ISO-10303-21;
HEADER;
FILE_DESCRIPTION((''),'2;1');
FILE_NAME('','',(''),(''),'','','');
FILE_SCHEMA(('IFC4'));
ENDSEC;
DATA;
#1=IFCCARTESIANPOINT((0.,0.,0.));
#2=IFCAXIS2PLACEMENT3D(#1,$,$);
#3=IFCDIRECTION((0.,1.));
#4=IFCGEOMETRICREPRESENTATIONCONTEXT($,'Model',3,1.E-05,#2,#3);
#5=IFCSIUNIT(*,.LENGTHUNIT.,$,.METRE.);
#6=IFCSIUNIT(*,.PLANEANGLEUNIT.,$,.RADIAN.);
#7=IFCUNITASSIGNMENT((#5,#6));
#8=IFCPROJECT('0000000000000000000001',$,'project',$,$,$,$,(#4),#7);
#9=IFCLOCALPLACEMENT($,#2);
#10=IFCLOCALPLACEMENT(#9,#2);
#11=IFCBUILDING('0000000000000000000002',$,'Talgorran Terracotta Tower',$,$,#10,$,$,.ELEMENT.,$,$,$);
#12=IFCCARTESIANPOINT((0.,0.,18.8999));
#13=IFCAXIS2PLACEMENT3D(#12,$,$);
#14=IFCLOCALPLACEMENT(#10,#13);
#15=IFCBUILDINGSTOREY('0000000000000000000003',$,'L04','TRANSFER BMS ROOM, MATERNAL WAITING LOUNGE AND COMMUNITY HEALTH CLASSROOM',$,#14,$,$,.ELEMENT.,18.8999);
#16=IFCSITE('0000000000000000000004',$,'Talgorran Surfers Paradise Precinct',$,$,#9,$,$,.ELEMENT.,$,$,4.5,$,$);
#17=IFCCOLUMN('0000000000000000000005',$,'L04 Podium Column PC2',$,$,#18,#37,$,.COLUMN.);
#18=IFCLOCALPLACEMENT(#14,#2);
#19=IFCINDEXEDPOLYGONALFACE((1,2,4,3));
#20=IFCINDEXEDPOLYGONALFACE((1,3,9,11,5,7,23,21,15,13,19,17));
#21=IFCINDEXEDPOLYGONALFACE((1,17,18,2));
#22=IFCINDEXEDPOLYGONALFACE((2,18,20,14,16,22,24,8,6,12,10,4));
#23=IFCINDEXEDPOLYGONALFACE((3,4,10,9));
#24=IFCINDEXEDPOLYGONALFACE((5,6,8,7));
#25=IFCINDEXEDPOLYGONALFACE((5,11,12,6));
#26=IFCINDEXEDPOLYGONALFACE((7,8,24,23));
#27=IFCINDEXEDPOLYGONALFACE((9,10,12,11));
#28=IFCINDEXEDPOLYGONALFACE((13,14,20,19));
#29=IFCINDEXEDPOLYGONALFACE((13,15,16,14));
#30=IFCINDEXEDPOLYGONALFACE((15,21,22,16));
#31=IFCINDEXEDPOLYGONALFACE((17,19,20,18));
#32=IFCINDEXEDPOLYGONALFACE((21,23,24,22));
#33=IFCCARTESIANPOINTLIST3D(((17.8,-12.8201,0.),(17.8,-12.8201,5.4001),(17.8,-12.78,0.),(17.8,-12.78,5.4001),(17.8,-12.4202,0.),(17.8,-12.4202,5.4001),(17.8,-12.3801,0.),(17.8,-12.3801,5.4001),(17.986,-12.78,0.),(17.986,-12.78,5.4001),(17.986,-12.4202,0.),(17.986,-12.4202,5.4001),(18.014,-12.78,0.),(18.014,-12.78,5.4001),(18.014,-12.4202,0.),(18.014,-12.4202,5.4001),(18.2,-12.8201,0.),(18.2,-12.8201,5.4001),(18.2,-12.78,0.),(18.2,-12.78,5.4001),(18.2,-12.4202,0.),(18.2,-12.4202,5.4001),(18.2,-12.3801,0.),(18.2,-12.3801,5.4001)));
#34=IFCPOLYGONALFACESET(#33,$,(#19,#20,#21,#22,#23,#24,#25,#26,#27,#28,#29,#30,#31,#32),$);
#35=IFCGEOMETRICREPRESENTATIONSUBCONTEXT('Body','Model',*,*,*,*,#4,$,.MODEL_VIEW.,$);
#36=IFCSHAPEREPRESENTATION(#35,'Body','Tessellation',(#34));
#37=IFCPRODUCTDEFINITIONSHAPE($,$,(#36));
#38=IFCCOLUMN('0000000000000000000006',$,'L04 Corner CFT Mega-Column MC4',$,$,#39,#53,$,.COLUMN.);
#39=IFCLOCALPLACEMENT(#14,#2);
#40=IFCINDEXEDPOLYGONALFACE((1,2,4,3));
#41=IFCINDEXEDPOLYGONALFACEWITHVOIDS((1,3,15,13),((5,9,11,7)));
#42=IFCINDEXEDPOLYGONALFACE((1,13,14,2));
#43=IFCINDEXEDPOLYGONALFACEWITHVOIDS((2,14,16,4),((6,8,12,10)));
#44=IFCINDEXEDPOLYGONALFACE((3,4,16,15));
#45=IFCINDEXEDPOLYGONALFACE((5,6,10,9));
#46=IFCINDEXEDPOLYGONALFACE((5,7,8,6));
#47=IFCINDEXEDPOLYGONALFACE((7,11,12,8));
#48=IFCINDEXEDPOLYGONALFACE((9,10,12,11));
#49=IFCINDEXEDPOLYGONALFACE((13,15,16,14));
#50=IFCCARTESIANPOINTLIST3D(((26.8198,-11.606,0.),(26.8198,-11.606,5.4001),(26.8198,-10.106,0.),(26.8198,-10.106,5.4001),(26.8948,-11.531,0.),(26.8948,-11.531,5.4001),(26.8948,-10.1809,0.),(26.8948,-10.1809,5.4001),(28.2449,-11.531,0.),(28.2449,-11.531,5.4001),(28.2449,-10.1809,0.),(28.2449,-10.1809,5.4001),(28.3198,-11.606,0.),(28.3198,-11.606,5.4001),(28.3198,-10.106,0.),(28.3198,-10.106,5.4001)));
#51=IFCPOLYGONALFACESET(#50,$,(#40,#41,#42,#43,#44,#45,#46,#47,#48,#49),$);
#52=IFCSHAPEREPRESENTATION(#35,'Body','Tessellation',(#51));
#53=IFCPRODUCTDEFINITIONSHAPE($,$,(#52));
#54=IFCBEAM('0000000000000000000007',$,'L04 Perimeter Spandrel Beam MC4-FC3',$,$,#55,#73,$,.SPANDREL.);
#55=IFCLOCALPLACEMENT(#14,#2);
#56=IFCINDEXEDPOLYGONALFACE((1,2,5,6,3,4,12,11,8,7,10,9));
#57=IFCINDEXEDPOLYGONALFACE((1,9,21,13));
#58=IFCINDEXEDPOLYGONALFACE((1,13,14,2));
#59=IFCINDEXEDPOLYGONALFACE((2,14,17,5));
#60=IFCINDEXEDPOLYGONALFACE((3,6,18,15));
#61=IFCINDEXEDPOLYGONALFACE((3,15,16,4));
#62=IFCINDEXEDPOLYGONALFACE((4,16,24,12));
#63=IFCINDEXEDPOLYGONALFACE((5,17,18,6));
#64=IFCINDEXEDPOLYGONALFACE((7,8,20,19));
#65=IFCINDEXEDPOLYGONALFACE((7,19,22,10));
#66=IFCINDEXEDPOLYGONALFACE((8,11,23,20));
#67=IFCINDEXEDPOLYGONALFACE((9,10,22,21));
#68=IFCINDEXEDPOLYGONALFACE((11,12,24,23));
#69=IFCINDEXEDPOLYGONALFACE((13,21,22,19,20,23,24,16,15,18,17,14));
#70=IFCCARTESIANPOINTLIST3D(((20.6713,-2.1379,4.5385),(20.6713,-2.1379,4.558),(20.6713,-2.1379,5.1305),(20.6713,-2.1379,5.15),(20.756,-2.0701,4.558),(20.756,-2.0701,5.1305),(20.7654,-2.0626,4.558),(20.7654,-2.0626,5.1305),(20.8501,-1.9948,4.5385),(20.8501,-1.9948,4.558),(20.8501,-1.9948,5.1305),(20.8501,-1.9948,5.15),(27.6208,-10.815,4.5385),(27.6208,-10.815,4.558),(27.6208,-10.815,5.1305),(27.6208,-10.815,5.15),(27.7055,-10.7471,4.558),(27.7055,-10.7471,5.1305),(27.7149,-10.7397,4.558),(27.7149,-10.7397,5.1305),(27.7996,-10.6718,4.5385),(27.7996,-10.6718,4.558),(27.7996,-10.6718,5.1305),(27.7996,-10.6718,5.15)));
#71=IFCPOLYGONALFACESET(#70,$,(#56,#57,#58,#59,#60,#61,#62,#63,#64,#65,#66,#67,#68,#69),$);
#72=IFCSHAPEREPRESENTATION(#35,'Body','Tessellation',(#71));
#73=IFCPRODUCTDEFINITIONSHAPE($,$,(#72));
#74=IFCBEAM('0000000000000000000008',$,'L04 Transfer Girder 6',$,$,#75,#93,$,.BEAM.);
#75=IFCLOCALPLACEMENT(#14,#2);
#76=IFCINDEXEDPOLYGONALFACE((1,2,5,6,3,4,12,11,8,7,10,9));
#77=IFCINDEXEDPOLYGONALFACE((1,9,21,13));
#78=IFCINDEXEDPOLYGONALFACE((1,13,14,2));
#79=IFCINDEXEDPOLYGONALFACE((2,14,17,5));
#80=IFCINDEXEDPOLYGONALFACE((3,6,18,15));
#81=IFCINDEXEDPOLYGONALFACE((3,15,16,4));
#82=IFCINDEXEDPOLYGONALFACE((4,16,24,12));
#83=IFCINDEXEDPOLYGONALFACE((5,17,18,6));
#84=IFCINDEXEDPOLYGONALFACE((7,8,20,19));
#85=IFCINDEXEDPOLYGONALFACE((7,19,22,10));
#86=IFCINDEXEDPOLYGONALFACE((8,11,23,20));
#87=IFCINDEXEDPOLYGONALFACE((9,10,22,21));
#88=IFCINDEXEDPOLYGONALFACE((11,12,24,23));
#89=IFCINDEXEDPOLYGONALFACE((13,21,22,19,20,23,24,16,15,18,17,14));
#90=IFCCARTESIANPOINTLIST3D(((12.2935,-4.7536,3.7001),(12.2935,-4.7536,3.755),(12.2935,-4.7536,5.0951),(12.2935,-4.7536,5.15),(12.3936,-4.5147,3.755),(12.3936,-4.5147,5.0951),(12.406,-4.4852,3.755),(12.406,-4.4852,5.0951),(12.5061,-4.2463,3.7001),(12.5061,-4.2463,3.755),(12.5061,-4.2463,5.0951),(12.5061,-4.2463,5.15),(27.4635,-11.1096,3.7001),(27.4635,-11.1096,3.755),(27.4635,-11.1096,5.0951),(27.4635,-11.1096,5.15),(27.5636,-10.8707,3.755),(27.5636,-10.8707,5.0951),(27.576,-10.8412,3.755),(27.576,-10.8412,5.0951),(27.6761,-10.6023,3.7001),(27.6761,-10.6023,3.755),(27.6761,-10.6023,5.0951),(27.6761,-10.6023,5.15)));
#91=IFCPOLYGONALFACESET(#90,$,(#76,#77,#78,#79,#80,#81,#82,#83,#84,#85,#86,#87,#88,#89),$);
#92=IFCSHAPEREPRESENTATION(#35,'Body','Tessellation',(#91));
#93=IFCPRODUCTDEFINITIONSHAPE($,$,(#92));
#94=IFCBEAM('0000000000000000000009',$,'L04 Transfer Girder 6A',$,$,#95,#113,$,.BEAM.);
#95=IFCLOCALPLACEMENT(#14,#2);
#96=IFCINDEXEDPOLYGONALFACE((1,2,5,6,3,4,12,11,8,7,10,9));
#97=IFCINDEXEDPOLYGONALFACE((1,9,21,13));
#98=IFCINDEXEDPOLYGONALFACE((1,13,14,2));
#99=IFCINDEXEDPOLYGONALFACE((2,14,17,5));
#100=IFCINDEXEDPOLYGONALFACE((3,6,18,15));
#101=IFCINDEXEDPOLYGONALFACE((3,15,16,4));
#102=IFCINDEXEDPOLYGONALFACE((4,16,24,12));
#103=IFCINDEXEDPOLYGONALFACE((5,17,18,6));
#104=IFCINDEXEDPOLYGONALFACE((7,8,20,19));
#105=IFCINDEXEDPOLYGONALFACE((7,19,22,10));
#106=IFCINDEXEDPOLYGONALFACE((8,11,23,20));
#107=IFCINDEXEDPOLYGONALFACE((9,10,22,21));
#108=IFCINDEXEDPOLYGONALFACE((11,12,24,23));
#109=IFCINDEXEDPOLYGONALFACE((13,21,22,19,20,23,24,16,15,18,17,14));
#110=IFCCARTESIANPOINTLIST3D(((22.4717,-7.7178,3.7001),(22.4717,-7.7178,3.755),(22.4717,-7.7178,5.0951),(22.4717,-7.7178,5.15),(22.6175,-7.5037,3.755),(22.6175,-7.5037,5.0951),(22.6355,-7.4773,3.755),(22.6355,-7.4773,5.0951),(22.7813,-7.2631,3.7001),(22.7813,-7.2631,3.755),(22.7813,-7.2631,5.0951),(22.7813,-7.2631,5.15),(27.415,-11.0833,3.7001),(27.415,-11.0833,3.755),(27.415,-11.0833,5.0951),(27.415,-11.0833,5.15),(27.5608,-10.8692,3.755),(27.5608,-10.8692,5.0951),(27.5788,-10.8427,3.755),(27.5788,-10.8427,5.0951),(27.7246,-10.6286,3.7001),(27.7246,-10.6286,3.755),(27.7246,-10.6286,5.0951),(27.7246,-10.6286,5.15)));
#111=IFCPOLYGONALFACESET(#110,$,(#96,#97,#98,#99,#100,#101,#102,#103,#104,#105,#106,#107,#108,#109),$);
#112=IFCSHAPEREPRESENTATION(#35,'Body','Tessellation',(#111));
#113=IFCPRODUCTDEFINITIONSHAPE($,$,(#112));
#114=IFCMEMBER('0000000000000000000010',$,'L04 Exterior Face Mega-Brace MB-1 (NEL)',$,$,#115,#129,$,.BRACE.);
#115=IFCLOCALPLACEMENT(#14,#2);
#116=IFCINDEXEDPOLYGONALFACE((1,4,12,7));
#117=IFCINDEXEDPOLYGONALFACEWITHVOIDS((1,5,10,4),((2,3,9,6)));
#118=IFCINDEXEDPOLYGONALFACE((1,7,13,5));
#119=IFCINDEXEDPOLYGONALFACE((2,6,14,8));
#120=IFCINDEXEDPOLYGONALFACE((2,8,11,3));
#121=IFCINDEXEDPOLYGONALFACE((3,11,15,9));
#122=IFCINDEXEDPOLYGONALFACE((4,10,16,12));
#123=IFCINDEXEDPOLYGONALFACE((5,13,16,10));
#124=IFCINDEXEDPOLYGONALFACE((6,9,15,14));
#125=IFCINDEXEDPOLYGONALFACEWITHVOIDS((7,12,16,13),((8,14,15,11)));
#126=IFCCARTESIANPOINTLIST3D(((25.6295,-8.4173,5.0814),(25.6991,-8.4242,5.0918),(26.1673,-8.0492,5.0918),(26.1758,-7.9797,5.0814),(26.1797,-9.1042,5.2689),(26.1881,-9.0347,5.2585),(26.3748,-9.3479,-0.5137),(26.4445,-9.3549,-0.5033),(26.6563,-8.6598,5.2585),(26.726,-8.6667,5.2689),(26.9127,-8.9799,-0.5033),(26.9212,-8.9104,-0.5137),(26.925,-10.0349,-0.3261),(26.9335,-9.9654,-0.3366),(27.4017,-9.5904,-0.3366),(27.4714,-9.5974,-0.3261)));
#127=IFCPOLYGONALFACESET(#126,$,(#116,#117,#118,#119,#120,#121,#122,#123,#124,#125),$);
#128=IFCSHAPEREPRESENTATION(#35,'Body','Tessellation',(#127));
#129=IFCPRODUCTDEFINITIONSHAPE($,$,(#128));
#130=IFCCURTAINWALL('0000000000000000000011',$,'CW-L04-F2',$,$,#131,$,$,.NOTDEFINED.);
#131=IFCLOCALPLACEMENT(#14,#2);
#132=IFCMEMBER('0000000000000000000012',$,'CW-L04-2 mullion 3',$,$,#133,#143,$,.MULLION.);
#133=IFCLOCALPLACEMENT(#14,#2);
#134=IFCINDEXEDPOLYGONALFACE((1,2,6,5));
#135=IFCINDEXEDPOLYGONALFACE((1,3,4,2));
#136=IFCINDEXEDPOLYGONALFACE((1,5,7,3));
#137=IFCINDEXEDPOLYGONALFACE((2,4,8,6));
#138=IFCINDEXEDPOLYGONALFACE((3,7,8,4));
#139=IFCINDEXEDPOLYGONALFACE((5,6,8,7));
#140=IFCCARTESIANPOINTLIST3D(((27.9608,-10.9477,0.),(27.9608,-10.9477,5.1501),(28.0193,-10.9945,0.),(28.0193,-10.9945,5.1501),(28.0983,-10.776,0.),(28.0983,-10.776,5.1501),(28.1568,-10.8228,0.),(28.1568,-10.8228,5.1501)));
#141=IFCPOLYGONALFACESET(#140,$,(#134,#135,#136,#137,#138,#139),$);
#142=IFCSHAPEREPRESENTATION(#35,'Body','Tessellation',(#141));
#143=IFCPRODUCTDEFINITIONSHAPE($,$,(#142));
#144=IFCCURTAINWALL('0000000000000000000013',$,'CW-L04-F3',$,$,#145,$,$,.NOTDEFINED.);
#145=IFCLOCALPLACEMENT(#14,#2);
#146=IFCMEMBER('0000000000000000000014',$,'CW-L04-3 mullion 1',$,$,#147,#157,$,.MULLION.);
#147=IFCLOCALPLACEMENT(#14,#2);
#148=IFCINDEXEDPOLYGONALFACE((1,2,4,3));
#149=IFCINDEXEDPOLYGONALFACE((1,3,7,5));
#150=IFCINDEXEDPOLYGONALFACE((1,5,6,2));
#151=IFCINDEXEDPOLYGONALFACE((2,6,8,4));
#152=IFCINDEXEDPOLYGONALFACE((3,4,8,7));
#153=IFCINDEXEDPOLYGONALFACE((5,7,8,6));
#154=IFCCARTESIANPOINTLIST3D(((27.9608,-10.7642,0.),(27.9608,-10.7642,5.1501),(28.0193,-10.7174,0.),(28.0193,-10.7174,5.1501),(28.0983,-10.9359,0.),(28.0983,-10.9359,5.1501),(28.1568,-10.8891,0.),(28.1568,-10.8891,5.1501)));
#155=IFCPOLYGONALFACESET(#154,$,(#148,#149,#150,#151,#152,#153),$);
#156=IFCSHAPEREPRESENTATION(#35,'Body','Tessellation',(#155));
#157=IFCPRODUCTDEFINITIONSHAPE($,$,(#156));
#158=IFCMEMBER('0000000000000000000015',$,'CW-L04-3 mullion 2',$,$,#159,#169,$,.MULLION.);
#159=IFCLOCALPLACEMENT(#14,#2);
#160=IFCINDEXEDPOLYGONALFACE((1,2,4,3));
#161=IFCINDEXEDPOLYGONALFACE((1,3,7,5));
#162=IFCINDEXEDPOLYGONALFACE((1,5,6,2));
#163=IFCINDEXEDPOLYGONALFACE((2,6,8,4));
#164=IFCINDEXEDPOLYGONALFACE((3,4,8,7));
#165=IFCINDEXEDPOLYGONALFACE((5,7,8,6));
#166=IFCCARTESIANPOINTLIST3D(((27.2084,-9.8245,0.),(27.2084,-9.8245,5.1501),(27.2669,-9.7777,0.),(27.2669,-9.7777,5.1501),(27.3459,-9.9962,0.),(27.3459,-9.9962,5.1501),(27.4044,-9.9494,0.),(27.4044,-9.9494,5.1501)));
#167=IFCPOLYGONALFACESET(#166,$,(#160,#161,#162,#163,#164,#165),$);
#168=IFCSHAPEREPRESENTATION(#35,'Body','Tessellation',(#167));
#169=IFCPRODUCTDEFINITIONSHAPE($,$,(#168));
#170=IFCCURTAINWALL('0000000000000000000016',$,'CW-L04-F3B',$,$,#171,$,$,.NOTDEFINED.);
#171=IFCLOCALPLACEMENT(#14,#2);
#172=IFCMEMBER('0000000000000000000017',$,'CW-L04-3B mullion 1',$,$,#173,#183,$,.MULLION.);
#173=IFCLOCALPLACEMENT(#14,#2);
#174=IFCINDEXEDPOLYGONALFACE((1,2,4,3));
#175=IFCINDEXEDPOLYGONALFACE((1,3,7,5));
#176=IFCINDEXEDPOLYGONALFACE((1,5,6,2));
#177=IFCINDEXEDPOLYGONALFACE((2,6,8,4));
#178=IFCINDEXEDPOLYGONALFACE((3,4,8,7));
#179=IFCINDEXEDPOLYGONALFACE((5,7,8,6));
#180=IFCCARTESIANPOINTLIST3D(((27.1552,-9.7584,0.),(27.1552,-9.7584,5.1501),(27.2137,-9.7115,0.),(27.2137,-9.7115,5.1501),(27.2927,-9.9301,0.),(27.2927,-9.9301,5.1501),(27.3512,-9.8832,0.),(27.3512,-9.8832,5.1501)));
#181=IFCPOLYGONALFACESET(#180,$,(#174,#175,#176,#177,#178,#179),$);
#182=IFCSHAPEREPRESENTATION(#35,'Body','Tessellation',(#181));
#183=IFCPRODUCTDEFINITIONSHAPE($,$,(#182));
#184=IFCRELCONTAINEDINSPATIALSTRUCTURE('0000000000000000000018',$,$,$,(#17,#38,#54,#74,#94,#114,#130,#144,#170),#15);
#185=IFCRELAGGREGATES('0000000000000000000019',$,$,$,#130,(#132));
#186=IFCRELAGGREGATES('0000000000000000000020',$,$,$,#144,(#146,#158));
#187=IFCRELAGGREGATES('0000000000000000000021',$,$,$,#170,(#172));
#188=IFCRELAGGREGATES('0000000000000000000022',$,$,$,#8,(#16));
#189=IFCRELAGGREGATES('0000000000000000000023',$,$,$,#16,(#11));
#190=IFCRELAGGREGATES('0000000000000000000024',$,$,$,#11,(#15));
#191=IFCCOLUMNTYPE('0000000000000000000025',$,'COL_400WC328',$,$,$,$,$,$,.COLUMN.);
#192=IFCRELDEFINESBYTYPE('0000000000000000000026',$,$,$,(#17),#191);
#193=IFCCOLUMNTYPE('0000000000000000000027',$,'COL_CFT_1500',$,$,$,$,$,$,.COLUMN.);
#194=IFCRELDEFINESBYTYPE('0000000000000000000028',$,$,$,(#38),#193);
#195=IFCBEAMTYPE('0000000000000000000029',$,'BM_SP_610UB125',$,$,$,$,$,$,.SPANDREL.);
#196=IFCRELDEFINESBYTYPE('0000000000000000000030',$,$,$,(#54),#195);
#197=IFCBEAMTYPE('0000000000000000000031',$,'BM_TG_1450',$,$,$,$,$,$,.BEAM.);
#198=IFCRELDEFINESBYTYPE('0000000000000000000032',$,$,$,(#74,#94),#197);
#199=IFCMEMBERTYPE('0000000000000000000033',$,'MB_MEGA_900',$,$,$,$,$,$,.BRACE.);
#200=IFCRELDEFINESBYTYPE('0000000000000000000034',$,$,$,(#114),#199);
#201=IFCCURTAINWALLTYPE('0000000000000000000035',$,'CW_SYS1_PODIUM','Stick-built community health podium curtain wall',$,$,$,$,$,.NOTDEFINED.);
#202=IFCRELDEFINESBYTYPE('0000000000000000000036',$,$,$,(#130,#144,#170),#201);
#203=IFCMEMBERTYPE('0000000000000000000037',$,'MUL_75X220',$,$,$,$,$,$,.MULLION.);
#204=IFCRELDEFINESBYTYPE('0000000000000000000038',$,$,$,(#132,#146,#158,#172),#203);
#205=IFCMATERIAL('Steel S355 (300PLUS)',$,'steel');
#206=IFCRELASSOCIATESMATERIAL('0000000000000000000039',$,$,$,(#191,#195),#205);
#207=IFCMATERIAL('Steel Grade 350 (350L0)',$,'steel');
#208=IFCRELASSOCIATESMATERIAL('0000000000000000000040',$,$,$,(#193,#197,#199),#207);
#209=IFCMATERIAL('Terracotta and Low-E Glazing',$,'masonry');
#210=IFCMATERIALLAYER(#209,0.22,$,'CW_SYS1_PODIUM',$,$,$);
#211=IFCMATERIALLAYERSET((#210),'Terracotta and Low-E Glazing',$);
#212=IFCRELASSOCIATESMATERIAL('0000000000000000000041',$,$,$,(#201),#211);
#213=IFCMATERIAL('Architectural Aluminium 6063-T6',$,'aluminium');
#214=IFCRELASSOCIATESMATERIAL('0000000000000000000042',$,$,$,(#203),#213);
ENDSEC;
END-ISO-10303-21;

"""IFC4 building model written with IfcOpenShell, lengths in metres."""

from ifc_helpers import new_model, si_unit, direction, frame, origin, origin_2d, place, context, subcontext, project, spatial, rectangle, hollow_rectangle, i_section, extrude, material, layer, layer_set, material_profile, profile_set, type_object, element, aggregate, save


model = new_model("IFC4")

# Units and contexts
model_context = context("Model", 3, precision=1e-05, world=origin(), true_north=direction((0.0, 1.0)))
body_context = subcontext(model_context, "Body", "Model", "MODEL_VIEW")
ifc_project = project(units=[si_unit("LENGTHUNIT", "METRE"), si_unit("PLANEANGLEUNIT", "RADIAN")], contexts=[model_context])

# Site, building, storey
site_placement = place(None, origin())
site = spatial("IfcSite", under=ifc_project, at=site_placement, Name="Talgorran Surfers Paradise Precinct", CompositionType="ELEMENT", RefElevation=4.5)
building_placement = place(site_placement, origin())
building = spatial("IfcBuilding", under=site, at=building_placement, Name="Talgorran Terracotta Tower", CompositionType="ELEMENT")
storey_placement = place(building_placement, frame((0.0, 0.0, 18.8999)))
storey = spatial("IfcBuildingStorey", under=building, at=storey_placement, Name="L04", Description="TRANSFER BMS ROOM, MATERNAL WAITING LOUNGE AND COMMUNITY HEALTH CLASSROOM", CompositionType="ELEMENT", Elevation=18.8999)

# Columns
ifc_material_1 = material(Name="Steel S355 (300PLUS)", Category="steel")
ifc_material_profile_1 = material_profile(ifc_material_1, i_section(OverallWidth=0.3999, OverallDepth=0.4399, WebThickness=0.0281, FlangeThickness=0.04, at=origin_2d()), Name="400WC328")
ifc_profile_set_1 = profile_set([ifc_material_profile_1], Name="Steel S355 (300PLUS)")
column_type_1 = type_object("IfcColumnType", Name="COL_400WC328", PredefinedType="COLUMN", material=ifc_profile_set_1)
column_1_placement = place(storey_placement, frame((18.0, -12.6001, 0.0), z_axis=(0.0, 0.0, 1.0), x_axis=(1.0, 0.0, 0.0)))
element("IfcColumn", 1, at=column_1_placement, inside=storey, type_object=column_type_1, Name="L04 Podium Column PC2", PredefinedType="COLUMN", context=body_context, shape_type="SweptSolid", body=[
    extrude(i_section(OverallWidth=0.3999, OverallDepth=0.4399, WebThickness=0.0281, FlangeThickness=0.04, at=origin_2d()), origin(), (0.0, 0.0, 1.0), 5.4001),
])
ifc_material_2 = material(Name="Steel Grade 350 (350L0)", Category="steel")
ifc_material_profile_2 = material_profile(ifc_material_2, hollow_rectangle(XDim=1.5, YDim=1.5, WallThickness=0.075, at=origin_2d()), Name="CFT1500X1500X75")
ifc_profile_set_2 = profile_set([ifc_material_profile_2], Name="Steel Grade 350 (350L0)")
column_type_2 = type_object("IfcColumnType", Name="COL_CFT_1500", PredefinedType="COLUMN", material=ifc_profile_set_2)
column_2_placement = place(storey_placement, frame((27.5698, -10.856, 0.0), z_axis=(0.0, 0.0, 1.0), x_axis=(1.0, 0.0, 0.0)))
element("IfcColumn", 2, at=column_2_placement, inside=storey, type_object=column_type_2, Name="L04 Corner CFT Mega-Column MC4", PredefinedType="COLUMN", context=body_context, shape_type="SweptSolid", body=[
    extrude(hollow_rectangle(XDim=1.5, YDim=1.5, WallThickness=0.075, at=origin_2d()), origin(), (0.0, 0.0, 1.0), 5.4001),
])

# Beams
ifc_material_profile_3 = material_profile(ifc_material_1, i_section(OverallWidth=0.229, OverallDepth=0.6116, WebThickness=0.012, FlangeThickness=0.0195, at=origin_2d()), Name="610UB125")
ifc_profile_set_3 = profile_set([ifc_material_profile_3], Name="Steel S355 (300PLUS)")
beam_type_1 = type_object("IfcBeamType", Name="BM_SP_610UB125", PredefinedType="SPANDREL", material=ifc_profile_set_3)
beam_1_placement = place(storey_placement, frame((27.7102, -10.7434, 4.8442), z_axis=(-0.625126, 0.780524, 0.0), x_axis=(-0.780524, -0.625126, 0.0)))
element("IfcBeam", 3, at=beam_1_placement, inside=storey, type_object=beam_type_1, Name="L04 Perimeter Spandrel Beam MC4-FC3", PredefinedType="SPANDREL", context=body_context, shape_type="SweptSolid", body=[
    extrude(i_section(OverallWidth=0.229, OverallDepth=0.6116, WebThickness=0.012, FlangeThickness=0.0195, at=origin_2d()), origin(), (0.0, 0.0, 1.0), 11.1169),
])
ifc_material_profile_4 = material_profile(ifc_material_2, i_section(OverallWidth=0.55, OverallDepth=1.45, WebThickness=0.032, FlangeThickness=0.0549, at=origin_2d()), Name="TG1450X550")
ifc_profile_set_4 = profile_set([ifc_material_profile_4], Name="Steel Grade 350 (350L0)")
beam_type_2 = type_object("IfcBeamType", Name="BM_TG_1450", PredefinedType="BEAM", material=ifc_profile_set_4)
beam_2_placement = place(storey_placement, frame((27.5698, -10.856, 4.425), z_axis=(-0.922316, 0.386436, 0.0), x_axis=(-0.386436, -0.922316, 0.0)))
element("IfcBeam", 4, at=beam_2_placement, inside=storey, type_object=beam_type_2, Name="L04 Transfer Girder 6", PredefinedType="BEAM", context=body_context, shape_type="SweptSolid", body=[
    extrude(i_section(OverallWidth=0.55, OverallDepth=1.45, WebThickness=0.032, FlangeThickness=0.0549, at=origin_2d()), origin(), (0.0, 0.0, 1.0), 16.4478),
])
beam_3_placement = place(storey_placement, frame((27.5698, -10.856, 4.425), z_axis=(-0.826616, 0.562767, 0.0), x_axis=(-0.562767, -0.826616, 0.0)))
element("IfcBeam", 5, at=beam_3_placement, inside=storey, type_object=beam_type_2, Name="L04 Transfer Girder 6A", PredefinedType="BEAM", context=body_context, shape_type="SweptSolid", body=[
    extrude(i_section(OverallWidth=0.55, OverallDepth=1.45, WebThickness=0.032, FlangeThickness=0.0549, at=origin_2d()), origin(), (0.0, 0.0, 1.0), 5.9802),
])

# Member
ifc_material_profile_5 = material_profile(ifc_material_2, hollow_rectangle(XDim=0.7, YDim=0.8999, WallThickness=0.05, at=origin_2d()), Name="WBOX900X700X50")
ifc_profile_set_5 = profile_set([ifc_material_profile_5], Name="Steel Grade 350 (350L0)")
member_type_1 = type_object("IfcMemberType", Name="MB_MEGA_900", PredefinedType="BRACE", material=ifc_profile_set_5)
member_1_placement = place(storey_placement, frame((26.9231, -9.4727, -0.4199), z_axis=(-0.130294, 0.162686, 0.978037), x_axis=(-0.780529, -0.625119, 0.0)))
element("IfcMember", 6, at=member_1_placement, inside=storey, type_object=member_type_1, Name="L04 Exterior Face Mega-Brace MB-1 (NEL)", PredefinedType="BRACE", context=body_context, shape_type="SweptSolid", body=[
    extrude(hollow_rectangle(XDim=0.7, YDim=0.8999, WallThickness=0.05, at=origin_2d()), origin(), (0.0, 0.0, 1.0), 5.7207),
])

# Curtain wall, member
ifc_material_3 = material(Name="Terracotta and Low-E Glazing", Category="masonry")
ifc_layer_1 = layer(ifc_material_3, 0.22, Name="CW_SYS1_PODIUM")
ifc_layer_set_1 = layer_set([ifc_layer_1], Name="Terracotta and Low-E Glazing")
curtain_wall_type = type_object("IfcCurtainWallType", Name="CW_SYS1_PODIUM", Description="Stick-built community health podium curtain wall", PredefinedType="NOTDEFINED", material=ifc_layer_set_1)
curtain_wall_1_placement = place(storey_placement, origin())
curtain_wall_1 = element("IfcCurtainWall", 7, at=curtain_wall_1_placement, inside=storey, type_object=curtain_wall_type, Name="CW-L04-F2", PredefinedType="NOTDEFINED")
ifc_material_4 = material(Name="Architectural Aluminium 6063-T6", Category="aluminium")
ifc_material_profile_6 = material_profile(ifc_material_4, rectangle(XDim=0.075, YDim=0.22, at=origin_2d()), Name="CWM75X220")
ifc_profile_set_6 = profile_set([ifc_material_profile_6], Name="Architectural Aluminium 6063-T6")
member_type_2 = type_object("IfcMemberType", Name="MUL_75X220", PredefinedType="MULLION", material=ifc_profile_set_6)
member_2_placement = place(storey_placement, frame((28.0588, -10.8853, 0.0), z_axis=(0.0, 0.0, 1.0), x_axis=(-0.780532, 0.625116, 0.0)))
member_2 = element("IfcMember", 8, at=member_2_placement, type_object=member_type_2, Name="CW-L04-2 mullion 3", PredefinedType="MULLION", context=body_context, shape_type="SweptSolid", body=[
    extrude(rectangle(XDim=0.075, YDim=0.22, at=origin_2d()), origin(), (0.0, 0.0, 1.0), 5.1501),
])

# Curtain wall, members
curtain_wall_2_placement = place(storey_placement, origin())
curtain_wall_2 = element("IfcCurtainWall", 9, at=curtain_wall_2_placement, inside=storey, type_object=curtain_wall_type, Name="CW-L04-F3", PredefinedType="NOTDEFINED")
member_3_placement = place(storey_placement, frame((28.0588, -10.8267, 0.0), z_axis=(0.0, 0.0, 1.0), x_axis=(-0.780548, -0.625095, 0.0)))
member_3 = element("IfcMember", 10, at=member_3_placement, type_object=member_type_2, Name="CW-L04-3 mullion 1", PredefinedType="MULLION", context=body_context, shape_type="SweptSolid", body=[
    extrude(rectangle(XDim=0.075, YDim=0.22, at=origin_2d()), origin(), (0.0, 0.0, 1.0), 5.1501),
])
member_4_placement = place(storey_placement, frame((27.3064, -9.887, 0.0), z_axis=(0.0, 0.0, 1.0), x_axis=(-0.780548, -0.625095, 0.0)))
member_4 = element("IfcMember", 11, at=member_4_placement, type_object=member_type_2, Name="CW-L04-3 mullion 2", PredefinedType="MULLION", context=body_context, shape_type="SweptSolid", body=[
    extrude(rectangle(XDim=0.075, YDim=0.22, at=origin_2d()), origin(), (0.0, 0.0, 1.0), 5.1501),
])

# Curtain wall, member
curtain_wall_3_placement = place(storey_placement, origin())
curtain_wall_3 = element("IfcCurtainWall", 12, at=curtain_wall_3_placement, inside=storey, type_object=curtain_wall_type, Name="CW-L04-F3B", PredefinedType="NOTDEFINED")
member_5_placement = place(storey_placement, frame((27.2532, -9.8208, 0.0), z_axis=(0.0, 0.0, 1.0), x_axis=(-0.780541, -0.625104, 0.0)))
member_5 = element("IfcMember", 13, at=member_5_placement, type_object=member_type_2, Name="CW-L04-3B mullion 1", PredefinedType="MULLION", context=body_context, shape_type="SweptSolid", body=[
    extrude(rectangle(XDim=0.075, YDim=0.22, at=origin_2d()), origin(), (0.0, 0.0, 1.0), 5.1501),
])

aggregate(curtain_wall_1, [member_2])
aggregate(curtain_wall_2, [member_3, member_4])
aggregate(curtain_wall_3, [member_5])

save(model, "model.ifc")
